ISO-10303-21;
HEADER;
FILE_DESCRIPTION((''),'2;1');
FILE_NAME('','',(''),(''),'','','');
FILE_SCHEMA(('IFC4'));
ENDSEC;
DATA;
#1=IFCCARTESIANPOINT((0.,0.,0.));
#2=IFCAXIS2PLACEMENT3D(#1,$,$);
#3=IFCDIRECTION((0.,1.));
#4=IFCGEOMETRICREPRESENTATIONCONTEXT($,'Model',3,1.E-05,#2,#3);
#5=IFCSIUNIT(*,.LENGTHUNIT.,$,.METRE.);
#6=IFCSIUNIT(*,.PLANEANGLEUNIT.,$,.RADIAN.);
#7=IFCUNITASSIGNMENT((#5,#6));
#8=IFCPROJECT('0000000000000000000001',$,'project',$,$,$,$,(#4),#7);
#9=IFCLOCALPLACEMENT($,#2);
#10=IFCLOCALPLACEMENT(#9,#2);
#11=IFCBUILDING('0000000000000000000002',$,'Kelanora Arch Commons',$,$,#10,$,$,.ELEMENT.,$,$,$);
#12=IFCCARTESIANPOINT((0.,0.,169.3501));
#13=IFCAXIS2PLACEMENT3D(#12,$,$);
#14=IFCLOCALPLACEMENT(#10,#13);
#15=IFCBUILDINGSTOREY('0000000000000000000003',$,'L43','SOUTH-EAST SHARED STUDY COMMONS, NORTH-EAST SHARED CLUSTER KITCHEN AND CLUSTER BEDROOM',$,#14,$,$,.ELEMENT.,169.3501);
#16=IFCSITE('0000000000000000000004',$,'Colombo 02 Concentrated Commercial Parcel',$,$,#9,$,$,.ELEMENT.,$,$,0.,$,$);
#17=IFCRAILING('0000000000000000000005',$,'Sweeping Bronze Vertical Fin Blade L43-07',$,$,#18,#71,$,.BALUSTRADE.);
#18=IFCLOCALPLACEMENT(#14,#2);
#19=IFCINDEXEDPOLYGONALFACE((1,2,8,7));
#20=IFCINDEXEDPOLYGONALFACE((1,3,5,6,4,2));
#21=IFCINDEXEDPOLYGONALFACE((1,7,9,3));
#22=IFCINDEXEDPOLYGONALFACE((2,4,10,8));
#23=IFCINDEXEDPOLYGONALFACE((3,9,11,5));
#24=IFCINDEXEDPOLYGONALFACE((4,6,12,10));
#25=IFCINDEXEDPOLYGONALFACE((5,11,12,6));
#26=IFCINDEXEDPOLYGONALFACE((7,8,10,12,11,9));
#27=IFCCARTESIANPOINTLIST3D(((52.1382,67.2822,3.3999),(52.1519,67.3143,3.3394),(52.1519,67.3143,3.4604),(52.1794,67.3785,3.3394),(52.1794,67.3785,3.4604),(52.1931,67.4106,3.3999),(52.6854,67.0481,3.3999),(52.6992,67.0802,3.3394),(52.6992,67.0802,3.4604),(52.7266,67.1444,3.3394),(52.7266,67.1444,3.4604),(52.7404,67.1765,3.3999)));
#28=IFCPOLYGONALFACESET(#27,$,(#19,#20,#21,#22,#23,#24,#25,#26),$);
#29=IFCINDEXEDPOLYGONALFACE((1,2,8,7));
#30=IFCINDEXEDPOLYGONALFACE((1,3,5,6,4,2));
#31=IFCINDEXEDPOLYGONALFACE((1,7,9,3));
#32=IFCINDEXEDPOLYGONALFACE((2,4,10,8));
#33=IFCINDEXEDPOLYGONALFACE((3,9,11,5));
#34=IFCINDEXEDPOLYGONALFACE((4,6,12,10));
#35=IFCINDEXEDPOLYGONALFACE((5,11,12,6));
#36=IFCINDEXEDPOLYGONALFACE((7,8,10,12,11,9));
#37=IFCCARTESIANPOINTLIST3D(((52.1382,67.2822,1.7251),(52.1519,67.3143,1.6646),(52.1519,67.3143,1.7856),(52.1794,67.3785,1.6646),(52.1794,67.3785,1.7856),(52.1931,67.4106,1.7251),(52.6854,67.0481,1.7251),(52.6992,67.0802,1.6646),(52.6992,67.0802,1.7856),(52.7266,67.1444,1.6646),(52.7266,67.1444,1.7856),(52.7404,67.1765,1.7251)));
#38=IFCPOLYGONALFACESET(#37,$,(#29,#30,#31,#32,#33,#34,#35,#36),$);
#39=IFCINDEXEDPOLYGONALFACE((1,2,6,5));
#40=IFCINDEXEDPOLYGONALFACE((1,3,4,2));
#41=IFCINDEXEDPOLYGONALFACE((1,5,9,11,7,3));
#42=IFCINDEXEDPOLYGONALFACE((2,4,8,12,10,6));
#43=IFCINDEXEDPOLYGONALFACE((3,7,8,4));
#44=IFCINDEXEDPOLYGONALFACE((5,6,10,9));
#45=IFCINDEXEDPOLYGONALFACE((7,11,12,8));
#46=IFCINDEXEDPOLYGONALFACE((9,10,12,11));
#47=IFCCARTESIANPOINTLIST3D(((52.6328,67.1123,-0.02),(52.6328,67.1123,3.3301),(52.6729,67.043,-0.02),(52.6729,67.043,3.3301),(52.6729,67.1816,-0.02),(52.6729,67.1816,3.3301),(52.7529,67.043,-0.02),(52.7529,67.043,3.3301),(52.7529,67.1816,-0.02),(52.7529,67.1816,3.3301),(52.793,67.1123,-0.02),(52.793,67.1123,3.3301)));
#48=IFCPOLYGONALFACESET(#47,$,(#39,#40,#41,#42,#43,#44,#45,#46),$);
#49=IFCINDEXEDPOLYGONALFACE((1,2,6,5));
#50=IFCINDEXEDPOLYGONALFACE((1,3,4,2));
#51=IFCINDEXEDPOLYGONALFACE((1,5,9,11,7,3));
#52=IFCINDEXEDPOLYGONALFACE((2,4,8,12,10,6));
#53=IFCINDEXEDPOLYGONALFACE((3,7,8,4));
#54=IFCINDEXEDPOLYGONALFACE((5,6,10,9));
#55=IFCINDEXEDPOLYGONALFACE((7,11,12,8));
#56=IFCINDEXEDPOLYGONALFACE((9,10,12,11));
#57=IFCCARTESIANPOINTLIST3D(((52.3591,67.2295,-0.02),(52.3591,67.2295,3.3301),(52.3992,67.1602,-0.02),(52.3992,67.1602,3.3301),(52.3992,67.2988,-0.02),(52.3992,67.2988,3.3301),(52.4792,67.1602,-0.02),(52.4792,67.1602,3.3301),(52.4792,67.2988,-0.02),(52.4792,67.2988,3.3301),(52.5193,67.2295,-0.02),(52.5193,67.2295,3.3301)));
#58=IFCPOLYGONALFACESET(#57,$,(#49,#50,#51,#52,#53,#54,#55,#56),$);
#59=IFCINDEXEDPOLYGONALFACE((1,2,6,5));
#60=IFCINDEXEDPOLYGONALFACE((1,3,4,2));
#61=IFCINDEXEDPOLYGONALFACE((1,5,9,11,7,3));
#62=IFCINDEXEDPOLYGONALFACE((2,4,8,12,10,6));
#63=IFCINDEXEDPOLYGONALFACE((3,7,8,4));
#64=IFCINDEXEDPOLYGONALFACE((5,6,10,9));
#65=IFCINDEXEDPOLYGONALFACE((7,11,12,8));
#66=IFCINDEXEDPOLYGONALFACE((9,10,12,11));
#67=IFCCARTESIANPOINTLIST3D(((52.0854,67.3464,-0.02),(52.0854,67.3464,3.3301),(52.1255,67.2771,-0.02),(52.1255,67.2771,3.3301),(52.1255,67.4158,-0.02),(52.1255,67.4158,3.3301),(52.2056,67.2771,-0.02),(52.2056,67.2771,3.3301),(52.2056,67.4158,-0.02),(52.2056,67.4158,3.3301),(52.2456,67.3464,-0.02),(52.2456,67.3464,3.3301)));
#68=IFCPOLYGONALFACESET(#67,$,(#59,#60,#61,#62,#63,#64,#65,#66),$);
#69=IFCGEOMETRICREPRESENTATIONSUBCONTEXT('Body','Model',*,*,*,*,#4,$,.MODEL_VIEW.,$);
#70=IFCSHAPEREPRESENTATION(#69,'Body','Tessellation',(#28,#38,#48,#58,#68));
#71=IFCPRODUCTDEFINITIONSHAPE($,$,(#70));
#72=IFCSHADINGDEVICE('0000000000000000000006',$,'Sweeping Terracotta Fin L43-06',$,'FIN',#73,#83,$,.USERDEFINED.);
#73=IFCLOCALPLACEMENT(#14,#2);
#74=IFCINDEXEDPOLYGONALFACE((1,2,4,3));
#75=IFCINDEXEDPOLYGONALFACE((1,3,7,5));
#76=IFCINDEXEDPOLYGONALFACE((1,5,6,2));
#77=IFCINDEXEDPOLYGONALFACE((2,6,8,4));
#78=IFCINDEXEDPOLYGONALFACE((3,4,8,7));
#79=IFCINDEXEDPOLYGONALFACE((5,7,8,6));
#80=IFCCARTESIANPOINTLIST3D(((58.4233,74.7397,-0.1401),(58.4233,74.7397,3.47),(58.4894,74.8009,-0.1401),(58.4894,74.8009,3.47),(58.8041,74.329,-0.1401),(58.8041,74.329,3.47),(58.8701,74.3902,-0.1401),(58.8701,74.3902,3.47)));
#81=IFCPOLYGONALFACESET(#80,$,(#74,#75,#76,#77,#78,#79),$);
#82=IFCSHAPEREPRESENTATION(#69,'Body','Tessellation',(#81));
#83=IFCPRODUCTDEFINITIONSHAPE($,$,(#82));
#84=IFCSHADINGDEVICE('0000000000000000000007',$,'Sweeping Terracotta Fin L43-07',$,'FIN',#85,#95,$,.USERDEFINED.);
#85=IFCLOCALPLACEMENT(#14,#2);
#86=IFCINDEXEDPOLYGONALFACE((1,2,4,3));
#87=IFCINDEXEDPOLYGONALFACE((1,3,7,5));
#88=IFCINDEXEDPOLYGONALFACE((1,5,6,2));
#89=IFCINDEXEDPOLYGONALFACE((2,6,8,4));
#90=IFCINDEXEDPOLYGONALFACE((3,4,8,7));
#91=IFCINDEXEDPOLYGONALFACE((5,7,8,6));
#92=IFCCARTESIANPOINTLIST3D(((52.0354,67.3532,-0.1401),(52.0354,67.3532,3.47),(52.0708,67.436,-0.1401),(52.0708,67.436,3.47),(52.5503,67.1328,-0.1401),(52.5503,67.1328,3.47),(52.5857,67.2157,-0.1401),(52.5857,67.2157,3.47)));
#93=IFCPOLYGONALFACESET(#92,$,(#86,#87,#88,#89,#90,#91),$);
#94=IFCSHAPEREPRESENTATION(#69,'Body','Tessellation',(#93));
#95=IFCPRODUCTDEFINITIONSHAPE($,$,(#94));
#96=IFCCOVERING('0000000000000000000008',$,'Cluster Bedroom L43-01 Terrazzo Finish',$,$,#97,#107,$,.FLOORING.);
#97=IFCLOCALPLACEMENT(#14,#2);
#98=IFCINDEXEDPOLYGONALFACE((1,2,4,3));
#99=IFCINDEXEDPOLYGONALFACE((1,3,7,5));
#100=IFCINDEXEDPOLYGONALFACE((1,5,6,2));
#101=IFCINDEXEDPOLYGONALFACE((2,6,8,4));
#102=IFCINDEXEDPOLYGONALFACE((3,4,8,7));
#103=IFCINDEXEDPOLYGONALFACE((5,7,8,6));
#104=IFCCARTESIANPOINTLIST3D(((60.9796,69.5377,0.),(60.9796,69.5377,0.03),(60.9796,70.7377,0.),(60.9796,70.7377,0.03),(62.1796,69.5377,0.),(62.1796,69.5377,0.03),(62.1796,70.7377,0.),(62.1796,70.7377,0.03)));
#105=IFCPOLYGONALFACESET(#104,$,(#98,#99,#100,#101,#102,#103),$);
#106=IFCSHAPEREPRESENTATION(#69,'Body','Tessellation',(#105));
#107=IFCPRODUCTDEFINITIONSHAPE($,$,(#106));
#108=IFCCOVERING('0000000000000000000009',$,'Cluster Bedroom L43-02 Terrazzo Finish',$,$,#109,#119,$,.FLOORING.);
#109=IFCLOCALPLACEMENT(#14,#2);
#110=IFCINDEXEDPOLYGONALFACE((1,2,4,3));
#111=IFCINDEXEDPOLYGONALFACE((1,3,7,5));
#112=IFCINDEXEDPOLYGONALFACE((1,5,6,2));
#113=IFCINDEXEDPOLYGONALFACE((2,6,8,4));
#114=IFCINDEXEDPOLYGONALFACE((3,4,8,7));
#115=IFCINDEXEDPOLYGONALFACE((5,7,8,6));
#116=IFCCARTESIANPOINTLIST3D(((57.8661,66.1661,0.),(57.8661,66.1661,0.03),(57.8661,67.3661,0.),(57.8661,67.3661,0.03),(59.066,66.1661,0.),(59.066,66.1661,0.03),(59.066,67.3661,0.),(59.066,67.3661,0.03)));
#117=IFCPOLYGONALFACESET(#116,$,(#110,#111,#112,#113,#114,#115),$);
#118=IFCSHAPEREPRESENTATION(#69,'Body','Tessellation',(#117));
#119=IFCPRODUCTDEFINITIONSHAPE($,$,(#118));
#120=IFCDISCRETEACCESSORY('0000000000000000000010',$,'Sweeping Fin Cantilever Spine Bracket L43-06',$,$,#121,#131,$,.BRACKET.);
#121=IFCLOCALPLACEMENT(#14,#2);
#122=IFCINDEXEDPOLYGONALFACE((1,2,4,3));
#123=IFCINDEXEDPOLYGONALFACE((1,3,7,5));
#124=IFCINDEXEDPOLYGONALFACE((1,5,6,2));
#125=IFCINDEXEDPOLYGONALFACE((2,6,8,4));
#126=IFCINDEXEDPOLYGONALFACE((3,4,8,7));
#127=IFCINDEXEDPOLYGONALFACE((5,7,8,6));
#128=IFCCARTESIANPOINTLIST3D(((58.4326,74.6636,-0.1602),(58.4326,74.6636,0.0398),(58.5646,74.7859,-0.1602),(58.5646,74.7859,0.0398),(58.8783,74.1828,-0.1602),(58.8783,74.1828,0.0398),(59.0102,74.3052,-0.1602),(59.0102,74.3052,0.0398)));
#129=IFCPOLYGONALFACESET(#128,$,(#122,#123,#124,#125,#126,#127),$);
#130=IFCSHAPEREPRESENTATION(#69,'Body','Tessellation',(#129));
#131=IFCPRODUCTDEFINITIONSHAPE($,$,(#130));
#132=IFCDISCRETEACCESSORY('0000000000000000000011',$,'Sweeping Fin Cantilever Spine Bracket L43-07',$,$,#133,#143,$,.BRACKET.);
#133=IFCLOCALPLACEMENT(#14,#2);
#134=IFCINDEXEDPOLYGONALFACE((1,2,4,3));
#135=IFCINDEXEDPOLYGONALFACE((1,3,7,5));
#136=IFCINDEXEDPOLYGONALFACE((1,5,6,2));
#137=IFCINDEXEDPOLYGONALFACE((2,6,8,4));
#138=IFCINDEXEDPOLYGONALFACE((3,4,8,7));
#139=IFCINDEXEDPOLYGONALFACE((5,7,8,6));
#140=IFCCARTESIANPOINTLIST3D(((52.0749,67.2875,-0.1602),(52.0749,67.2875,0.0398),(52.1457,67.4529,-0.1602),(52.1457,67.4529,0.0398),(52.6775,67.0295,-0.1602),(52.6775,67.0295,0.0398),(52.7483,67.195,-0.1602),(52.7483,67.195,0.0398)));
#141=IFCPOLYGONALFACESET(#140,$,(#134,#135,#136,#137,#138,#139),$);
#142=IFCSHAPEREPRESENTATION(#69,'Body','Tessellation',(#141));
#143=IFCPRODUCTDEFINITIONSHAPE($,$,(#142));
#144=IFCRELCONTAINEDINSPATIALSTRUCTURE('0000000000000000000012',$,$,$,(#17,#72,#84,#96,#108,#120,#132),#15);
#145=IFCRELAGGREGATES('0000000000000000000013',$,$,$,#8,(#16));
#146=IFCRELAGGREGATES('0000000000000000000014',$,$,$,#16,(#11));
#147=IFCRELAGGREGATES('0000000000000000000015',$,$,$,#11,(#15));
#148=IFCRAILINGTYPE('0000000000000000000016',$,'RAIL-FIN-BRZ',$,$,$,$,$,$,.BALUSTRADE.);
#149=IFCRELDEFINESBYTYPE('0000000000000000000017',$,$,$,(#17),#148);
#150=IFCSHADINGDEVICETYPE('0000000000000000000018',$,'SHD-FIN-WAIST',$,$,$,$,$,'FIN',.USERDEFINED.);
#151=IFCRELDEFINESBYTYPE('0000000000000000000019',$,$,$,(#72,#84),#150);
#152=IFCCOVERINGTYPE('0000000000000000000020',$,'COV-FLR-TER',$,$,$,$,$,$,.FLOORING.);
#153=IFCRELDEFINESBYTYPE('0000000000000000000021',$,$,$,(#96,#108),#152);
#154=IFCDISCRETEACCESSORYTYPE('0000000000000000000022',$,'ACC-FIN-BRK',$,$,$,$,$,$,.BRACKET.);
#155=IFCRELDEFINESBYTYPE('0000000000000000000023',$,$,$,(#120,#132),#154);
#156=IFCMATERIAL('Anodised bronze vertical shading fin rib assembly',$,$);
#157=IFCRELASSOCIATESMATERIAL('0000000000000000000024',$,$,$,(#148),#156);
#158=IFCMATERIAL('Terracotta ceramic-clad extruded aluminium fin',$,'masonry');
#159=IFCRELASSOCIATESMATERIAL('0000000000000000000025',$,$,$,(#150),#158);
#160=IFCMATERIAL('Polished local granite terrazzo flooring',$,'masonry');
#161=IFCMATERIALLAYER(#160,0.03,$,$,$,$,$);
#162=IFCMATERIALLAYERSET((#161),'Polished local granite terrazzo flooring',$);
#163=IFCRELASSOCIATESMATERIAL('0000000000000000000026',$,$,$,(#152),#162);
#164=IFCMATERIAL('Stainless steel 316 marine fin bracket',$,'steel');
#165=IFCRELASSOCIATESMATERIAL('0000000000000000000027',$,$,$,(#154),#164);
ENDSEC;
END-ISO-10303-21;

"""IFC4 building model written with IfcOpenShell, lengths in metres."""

from ifc_helpers import new_model, si_unit, direction, frame, origin, origin_2d, place, context, subcontext, project, spatial, polyline, rectangle, outline, extrude, source, transform, mapped, material, layer, layer_set, type_object, element, save


model = new_model("IFC4")

# Units and contexts
model_context = context("Model", 3, precision=1e-05, world=origin(), true_north=direction((0.0, 1.0)))
body_context = subcontext(model_context, "Body", "Model", "MODEL_VIEW")
ifc_project = project(units=[si_unit("LENGTHUNIT", "METRE"), si_unit("PLANEANGLEUNIT", "RADIAN")], contexts=[model_context])

# Site, building, storey
site_placement = place(None, origin())
site = spatial("IfcSite", under=ifc_project, at=site_placement, Name="Colombo 02 Concentrated Commercial Parcel", CompositionType="ELEMENT", RefElevation=0.0)
building_placement = place(site_placement, origin())
building = spatial("IfcBuilding", under=site, at=building_placement, Name="Kelanora Arch Commons", CompositionType="ELEMENT")
storey_placement = place(building_placement, frame((0.0, 0.0, 169.3501)))
storey = spatial("IfcBuildingStorey", under=building, at=storey_placement, Name="L43", Description="SOUTH-EAST SHARED STUDY COMMONS, NORTH-EAST SHARED CLUSTER KITCHEN AND CLUSTER BEDROOM", CompositionType="ELEMENT", Elevation=169.3501)

# Railing
ifc_material_1 = material(Name="Anodised bronze vertical shading fin rib assembly")
railing_type = type_object("IfcRailingType", Name="RAIL-FIN-BRZ", PredefinedType="BALUSTRADE", material=ifc_material_1)
railing_1_placement = place(storey_placement, frame((52.7129, 67.1123, -0.02)))
element("IfcRailing", 1, at=railing_1_placement, inside=storey, type_object=railing_type, Name="Sweeping Bronze Vertical Fin Blade L43-07", PredefinedType="BALUSTRADE", context=body_context, shape_type="SweptSolid", body=[
    extrude(outline(polyline([(0.0698, 0.0), (0.0349, 0.0605), (-0.0349, 0.0605), (-0.0698, 0.0), (-0.0349, -0.0605), (0.0349, -0.0605), (0.0698, 0.0)])), frame((0.0, 0.0, 3.4199), z_axis=(-0.919421, 0.393276, 0.0), x_axis=(-0.393276, -0.919421, 0.0)), (0.0, 0.0, 1.0), 0.5952),
    extrude(outline(polyline([(0.0698, 0.0), (0.0349, 0.0605), (-0.0349, 0.0605), (-0.0698, 0.0), (-0.0349, -0.0605), (0.0349, -0.0605), (0.0698, 0.0)])), frame((0.0, 0.0, 1.7451), z_axis=(-0.919421, 0.393276, 0.0), x_axis=(-0.393276, -0.919421, 0.0)), (0.0, 0.0, 1.0), 0.5952),
    extrude(outline(polyline([(0.0801, 0.0), (0.04, 0.0693), (-0.04, 0.0693), (-0.0801, 0.0), (-0.04, -0.0693), (0.04, -0.0693), (0.0801, 0.0)])), origin(), (0.0, 0.0, 1.0), 3.3501),
    extrude(outline(polyline([(0.0801, 0.0), (0.04, 0.0693), (-0.04, 0.0693), (-0.0801, 0.0), (-0.04, -0.0693), (0.04, -0.0693), (0.0801, 0.0)])), frame((-0.2737, 0.1172, 0.0)), (0.0, 0.0, 1.0), 3.3501),
    extrude(outline(polyline([(0.0801, 0.0), (0.04, 0.0693), (-0.04, 0.0693), (-0.0801, 0.0), (-0.04, -0.0693), (0.04, -0.0693), (0.0801, 0.0)])), frame((-0.5474, 0.2341, 0.0)), (0.0, 0.0, 1.0), 3.3501),
])

# Shading devices
ifc_material_2 = material(Name="Terracotta ceramic-clad extruded aluminium fin", Category="masonry")
shading_device_type = type_object("IfcShadingDeviceType", Name="SHD-FIN-WAIST", ElementType="FIN", PredefinedType="USERDEFINED", material=ifc_material_2)
shared_shape_1 = source(origin(), body_context, "Body", "SweptSolid", [
    extrude(rectangle(XDim=0.5601, YDim=0.0901, at=origin_2d()), origin(), (0.0, 0.0, 1.0), 3.6101),
])
for number, where, z_axis, x_axis, name in (
    (2, (58.6467, 74.5649, -0.1401), (0.0, 0.0, 1.0), (-0.679825, 0.733374, 0.0), "Sweeping Terracotta Fin L43-06"),
    (3, (52.3105, 67.2844, -0.1401), (0.0, 0.0, 1.0), (-0.919341, 0.393461, 0.0), "Sweeping Terracotta Fin L43-07"),
):
    element("IfcShadingDevice", number, at=place(storey_placement, frame(where, z_axis=z_axis, x_axis=x_axis)), inside=storey, type_object=shading_device_type, Name=name, ObjectType="FIN", PredefinedType="USERDEFINED", context=body_context, shape_type="MappedRepresentation", body=[
        mapped(shared_shape_1, transform((0.0, 0.0, 0.0), scale=1.0)),
    ])

# Coverings
ifc_material_3 = material(Name="Polished local granite terrazzo flooring", Category="masonry")
ifc_layer_1 = layer(ifc_material_3, 0.03)
ifc_layer_set_1 = layer_set([ifc_layer_1], Name="Polished local granite terrazzo flooring")
covering_type = type_object("IfcCoveringType", Name="COV-FLR-TER", PredefinedType="FLOORING", material=ifc_layer_set_1)
shared_shape_2 = source(origin(), body_context, "Body", "SweptSolid", [
    extrude(rectangle(XDim=1.2, YDim=1.2, at=origin_2d()), origin(), (0.0, 0.0, 1.0), 0.03),
])
for number, where, z_axis, x_axis, name in (
    (4, (61.5796, 70.1377, 0.0), (0.0, 0.0, 1.0), (1.0, 0.0, 0.0), "Cluster Bedroom L43-01 Terrazzo Finish"),
    (5, (58.4661, 66.7661, 0.0), (0.0, 0.0, 1.0), (1.0, 0.0, 0.0), "Cluster Bedroom L43-02 Terrazzo Finish"),
):
    element("IfcCovering", number, at=place(storey_placement, frame(where, z_axis=z_axis, x_axis=x_axis)), inside=storey, type_object=covering_type, Name=name, PredefinedType="FLOORING", context=body_context, shape_type="MappedRepresentation", body=[
        mapped(shared_shape_2, transform((0.0, 0.0, 0.0), scale=1.0)),
    ])

# Discrete accessories
ifc_material_4 = material(Name="Stainless steel 316 marine fin bracket", Category="steel")
discrete_accessory_type = type_object("IfcDiscreteAccessoryType", Name="ACC-FIN-BRK", PredefinedType="BRACKET", material=ifc_material_4)
shared_shape_3 = source(origin(), body_context, "Body", "SweptSolid", [
    extrude(rectangle(XDim=0.6555, YDim=0.1799, at=origin_2d()), origin(), (0.0, 0.0, 1.0), 0.2),
])
for number, where, z_axis, x_axis, name in (
    (6, (58.7214, 74.4844, -0.1602), (0.0, 0.0, 1.0), (-0.679825, 0.733374, 0.0), "Sweeping Fin Cantilever Spine Bracket L43-06"),
    (7, (52.4116, 67.2412, -0.1602), (0.0, 0.0, 1.0), (-0.919341, 0.393461, 0.0), "Sweeping Fin Cantilever Spine Bracket L43-07"),
):
    element("IfcDiscreteAccessory", number, at=place(storey_placement, frame(where, z_axis=z_axis, x_axis=x_axis)), inside=storey, type_object=discrete_accessory_type, Name=name, PredefinedType="BRACKET", context=body_context, shape_type="MappedRepresentation", body=[
        mapped(shared_shape_3, transform((0.0, 0.0, 0.0), scale=1.0)),
    ])

save(model, "model.ifc")
